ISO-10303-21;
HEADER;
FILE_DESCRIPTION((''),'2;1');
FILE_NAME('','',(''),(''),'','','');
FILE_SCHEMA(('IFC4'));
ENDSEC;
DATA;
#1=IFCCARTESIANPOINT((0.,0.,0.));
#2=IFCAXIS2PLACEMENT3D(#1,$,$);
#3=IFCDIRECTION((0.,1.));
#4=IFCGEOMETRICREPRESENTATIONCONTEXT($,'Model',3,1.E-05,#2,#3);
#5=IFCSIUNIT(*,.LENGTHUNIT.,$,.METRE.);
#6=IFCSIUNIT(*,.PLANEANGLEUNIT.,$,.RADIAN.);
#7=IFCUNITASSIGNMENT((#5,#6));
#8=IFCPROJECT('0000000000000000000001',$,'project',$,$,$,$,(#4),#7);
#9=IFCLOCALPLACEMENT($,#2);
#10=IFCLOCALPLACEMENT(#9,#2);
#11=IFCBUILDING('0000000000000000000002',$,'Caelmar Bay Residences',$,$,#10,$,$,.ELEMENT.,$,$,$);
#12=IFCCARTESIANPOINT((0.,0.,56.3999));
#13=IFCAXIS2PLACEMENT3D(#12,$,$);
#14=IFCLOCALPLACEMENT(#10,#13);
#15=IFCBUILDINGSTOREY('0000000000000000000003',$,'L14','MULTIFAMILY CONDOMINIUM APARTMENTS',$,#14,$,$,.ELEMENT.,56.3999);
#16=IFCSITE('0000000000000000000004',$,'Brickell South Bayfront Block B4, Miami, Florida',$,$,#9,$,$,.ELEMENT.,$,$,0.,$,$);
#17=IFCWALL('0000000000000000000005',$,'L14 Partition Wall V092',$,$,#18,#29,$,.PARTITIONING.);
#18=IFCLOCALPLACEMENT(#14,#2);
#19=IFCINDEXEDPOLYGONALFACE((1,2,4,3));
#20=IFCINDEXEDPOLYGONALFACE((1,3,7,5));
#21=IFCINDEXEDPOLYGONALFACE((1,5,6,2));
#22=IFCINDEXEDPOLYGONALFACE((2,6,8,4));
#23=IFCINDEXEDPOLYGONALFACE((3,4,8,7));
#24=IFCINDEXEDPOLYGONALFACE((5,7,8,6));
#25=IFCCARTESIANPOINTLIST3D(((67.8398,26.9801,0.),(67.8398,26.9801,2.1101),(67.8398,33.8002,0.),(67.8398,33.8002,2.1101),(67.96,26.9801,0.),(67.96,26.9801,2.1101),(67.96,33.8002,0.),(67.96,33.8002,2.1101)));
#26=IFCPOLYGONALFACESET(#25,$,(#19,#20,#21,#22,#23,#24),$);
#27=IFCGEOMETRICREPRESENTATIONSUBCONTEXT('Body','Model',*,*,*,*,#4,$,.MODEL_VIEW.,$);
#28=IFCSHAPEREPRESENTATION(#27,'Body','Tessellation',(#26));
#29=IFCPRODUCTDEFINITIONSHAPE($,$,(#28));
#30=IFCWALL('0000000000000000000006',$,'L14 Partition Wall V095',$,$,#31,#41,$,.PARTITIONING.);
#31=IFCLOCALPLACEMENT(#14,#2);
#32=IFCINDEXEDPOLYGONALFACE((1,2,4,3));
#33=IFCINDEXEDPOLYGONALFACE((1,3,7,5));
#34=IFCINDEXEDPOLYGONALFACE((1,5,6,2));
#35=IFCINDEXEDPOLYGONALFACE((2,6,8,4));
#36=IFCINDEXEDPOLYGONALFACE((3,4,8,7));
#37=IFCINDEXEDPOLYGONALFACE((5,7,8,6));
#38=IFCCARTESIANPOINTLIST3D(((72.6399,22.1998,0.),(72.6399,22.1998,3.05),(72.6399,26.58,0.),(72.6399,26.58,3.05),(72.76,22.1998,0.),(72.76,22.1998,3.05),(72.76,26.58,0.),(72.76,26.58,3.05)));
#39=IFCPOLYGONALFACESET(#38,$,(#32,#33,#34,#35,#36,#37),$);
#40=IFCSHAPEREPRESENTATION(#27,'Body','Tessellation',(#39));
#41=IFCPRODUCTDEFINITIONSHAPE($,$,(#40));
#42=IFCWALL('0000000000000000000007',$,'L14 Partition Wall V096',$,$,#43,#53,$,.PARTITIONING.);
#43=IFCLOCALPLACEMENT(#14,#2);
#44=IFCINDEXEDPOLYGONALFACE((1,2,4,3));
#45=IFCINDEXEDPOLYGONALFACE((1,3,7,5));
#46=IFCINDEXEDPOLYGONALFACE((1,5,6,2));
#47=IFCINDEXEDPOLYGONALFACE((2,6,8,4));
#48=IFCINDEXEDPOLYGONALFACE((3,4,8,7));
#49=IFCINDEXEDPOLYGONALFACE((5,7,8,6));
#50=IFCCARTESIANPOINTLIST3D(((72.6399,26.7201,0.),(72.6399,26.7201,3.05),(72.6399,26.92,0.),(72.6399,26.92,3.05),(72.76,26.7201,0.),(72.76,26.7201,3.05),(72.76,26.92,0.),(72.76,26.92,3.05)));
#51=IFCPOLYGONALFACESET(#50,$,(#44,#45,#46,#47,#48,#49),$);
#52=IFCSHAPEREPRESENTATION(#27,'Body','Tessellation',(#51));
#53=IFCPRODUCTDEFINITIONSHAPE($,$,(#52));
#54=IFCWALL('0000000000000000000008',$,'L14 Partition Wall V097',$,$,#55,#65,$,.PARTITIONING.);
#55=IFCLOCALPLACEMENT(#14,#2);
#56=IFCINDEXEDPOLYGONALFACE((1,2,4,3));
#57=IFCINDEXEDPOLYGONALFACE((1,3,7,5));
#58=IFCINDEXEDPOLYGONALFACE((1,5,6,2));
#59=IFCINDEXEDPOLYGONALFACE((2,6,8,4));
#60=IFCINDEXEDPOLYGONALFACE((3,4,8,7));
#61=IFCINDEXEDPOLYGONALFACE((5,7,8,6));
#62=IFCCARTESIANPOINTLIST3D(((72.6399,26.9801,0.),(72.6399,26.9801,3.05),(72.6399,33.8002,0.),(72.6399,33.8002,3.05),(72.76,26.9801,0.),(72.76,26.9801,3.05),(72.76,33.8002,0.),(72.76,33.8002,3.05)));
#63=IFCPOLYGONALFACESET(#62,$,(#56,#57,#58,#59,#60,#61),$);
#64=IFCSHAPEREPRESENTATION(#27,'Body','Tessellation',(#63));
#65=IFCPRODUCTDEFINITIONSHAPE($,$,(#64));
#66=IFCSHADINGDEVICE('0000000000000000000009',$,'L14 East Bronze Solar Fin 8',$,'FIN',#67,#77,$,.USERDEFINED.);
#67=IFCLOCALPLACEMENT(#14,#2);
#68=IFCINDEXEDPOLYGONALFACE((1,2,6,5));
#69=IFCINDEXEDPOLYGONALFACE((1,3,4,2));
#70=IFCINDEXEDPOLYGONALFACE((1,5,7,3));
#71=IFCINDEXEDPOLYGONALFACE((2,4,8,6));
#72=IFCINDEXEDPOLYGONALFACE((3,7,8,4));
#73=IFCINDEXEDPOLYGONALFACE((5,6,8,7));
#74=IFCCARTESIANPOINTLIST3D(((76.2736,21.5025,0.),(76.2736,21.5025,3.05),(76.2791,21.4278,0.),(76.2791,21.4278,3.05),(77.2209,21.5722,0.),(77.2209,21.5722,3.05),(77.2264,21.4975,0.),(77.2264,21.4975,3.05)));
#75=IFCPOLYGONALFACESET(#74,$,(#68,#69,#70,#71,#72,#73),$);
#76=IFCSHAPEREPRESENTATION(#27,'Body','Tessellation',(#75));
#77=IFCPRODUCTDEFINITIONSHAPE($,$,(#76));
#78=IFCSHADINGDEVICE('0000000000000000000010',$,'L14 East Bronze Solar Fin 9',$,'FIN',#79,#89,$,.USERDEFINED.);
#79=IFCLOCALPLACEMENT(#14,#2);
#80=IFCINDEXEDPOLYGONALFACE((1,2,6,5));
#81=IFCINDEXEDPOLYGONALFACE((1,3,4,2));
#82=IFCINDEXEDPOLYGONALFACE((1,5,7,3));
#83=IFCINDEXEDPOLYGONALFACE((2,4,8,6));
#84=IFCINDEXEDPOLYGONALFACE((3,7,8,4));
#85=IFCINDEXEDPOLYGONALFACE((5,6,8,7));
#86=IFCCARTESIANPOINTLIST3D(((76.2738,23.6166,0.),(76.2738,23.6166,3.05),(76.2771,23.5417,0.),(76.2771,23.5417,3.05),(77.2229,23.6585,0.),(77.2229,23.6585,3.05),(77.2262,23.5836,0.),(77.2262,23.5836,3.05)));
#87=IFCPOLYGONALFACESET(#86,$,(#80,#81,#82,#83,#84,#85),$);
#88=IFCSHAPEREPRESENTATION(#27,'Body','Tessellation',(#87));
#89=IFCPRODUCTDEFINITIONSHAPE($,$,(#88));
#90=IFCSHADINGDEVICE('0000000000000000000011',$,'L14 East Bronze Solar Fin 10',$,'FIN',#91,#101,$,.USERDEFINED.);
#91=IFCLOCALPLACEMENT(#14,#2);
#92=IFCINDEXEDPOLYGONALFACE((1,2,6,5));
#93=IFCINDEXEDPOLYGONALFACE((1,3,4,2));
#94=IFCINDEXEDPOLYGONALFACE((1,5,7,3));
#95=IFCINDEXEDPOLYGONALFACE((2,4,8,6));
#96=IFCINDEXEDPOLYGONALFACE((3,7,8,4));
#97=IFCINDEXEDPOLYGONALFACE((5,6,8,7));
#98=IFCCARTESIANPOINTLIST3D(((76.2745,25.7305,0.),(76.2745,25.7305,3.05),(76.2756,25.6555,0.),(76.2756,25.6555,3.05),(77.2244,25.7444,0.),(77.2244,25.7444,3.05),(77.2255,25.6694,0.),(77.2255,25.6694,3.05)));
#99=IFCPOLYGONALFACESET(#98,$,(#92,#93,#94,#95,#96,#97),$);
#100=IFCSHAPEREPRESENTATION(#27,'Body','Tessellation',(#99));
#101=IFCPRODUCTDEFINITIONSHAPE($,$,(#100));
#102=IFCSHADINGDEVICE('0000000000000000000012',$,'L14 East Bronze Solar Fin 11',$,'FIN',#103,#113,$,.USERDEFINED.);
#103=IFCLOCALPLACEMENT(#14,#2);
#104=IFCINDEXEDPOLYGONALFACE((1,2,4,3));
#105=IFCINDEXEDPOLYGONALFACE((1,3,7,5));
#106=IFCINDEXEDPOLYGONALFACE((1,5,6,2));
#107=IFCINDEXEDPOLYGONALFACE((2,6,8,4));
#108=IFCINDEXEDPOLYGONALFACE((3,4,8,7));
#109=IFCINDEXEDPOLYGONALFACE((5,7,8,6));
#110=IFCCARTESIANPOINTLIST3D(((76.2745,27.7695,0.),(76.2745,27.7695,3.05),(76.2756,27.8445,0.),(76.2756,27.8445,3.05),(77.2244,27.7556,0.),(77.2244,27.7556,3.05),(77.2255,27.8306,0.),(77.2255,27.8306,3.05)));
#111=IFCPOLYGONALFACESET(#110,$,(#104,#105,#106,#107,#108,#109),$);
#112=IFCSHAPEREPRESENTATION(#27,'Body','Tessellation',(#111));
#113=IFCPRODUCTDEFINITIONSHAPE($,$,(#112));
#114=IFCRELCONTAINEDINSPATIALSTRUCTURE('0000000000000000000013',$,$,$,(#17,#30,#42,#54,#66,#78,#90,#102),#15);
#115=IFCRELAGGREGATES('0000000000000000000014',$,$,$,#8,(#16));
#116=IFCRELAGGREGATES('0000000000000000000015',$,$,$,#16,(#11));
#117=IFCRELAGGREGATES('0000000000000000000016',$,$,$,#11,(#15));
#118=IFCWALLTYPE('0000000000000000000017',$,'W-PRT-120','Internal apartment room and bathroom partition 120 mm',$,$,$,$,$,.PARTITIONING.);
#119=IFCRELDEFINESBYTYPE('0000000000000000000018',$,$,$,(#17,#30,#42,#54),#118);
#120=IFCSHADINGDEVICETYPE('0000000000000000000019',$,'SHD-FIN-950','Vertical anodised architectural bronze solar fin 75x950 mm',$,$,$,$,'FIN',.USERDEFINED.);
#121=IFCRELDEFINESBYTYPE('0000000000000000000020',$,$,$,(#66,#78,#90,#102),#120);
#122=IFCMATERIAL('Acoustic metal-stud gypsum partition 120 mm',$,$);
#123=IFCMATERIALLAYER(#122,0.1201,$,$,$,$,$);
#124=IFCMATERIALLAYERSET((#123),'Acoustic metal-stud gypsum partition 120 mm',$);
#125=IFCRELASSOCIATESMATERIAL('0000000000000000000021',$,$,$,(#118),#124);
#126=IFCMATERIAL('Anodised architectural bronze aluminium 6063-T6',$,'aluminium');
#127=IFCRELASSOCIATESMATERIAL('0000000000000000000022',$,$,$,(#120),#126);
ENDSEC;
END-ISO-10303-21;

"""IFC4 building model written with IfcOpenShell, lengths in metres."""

from ifc_helpers import new_model, si_unit, direction, frame, frame_2d, origin, origin_2d, place, context, subcontext, project, spatial, rectangle, extrude, material, layer, layer_set, material_profile, profile_set, type_object, element, save


model = new_model("IFC4")

# Units and contexts
model_context = context("Model", 3, precision=1e-05, world=origin(), true_north=direction((0.0, 1.0)))
body_context = subcontext(model_context, "Body", "Model", "MODEL_VIEW")
ifc_project = project(units=[si_unit("LENGTHUNIT", "METRE"), si_unit("PLANEANGLEUNIT", "RADIAN")], contexts=[model_context])

# Site, building, storey
site_placement = place(None, origin())
site = spatial("IfcSite", under=ifc_project, at=site_placement, Name="Brickell South Bayfront Block B4, Miami, Florida", CompositionType="ELEMENT", RefElevation=0.0)
building_placement = place(site_placement, origin())
building = spatial("IfcBuilding", under=site, at=building_placement, Name="Caelmar Bay Residences", CompositionType="ELEMENT")
storey_placement = place(building_placement, frame((0.0, 0.0, 56.3999)))
storey = spatial("IfcBuildingStorey", under=building, at=storey_placement, Name="L14", Description="MULTIFAMILY CONDOMINIUM APARTMENTS", CompositionType="ELEMENT", Elevation=56.3999)

# Shared definitions
ifc_material_1 = material(Name="Acoustic metal-stud gypsum partition 120 mm")
ifc_layer_1 = layer(ifc_material_1, 0.1201)
ifc_layer_set_1 = layer_set([ifc_layer_1], Name="Acoustic metal-stud gypsum partition 120 mm")
wall_type = type_object("IfcWallType", Name="W-PRT-120", Description="Internal apartment room and bathroom partition 120 mm", PredefinedType="PARTITIONING", material=ifc_layer_set_1)

# Walls
wall_1_placement = place(storey_placement, frame((67.8999, 26.98, 0.0), z_axis=(0.0, 0.0, 1.0), x_axis=(0.0, 1.0, 0.0)))
element("IfcWall", 1, at=wall_1_placement, inside=storey, type_object=wall_type, Name="L14 Partition Wall V092", PredefinedType="PARTITIONING", context=body_context, shape_type="SweptSolid", body=[
    extrude(rectangle(XDim=6.8201, YDim=0.1201, at=frame_2d((3.4102, 0.0))), origin(), (0.0, 0.0, 1.0), 2.1101),
])
wall_2_placement = place(storey_placement, frame((72.7, 22.2, 0.0), z_axis=(0.0, 0.0, 1.0), x_axis=(0.0, 1.0, 0.0)))
element("IfcWall", 2, at=wall_2_placement, inside=storey, type_object=wall_type, Name="L14 Partition Wall V095", PredefinedType="PARTITIONING", context=body_context, shape_type="SweptSolid", body=[
    extrude(rectangle(XDim=4.3801, YDim=0.1201, at=frame_2d((2.1899, 0.0))), origin(), (0.0, 0.0, 1.0), 3.05),
])
wall_3_placement = place(storey_placement, frame((72.7, 26.72, 0.0), z_axis=(0.0, 0.0, 1.0), x_axis=(0.0, 1.0, 0.0)))
element("IfcWall", 3, at=wall_3_placement, inside=storey, type_object=wall_type, Name="L14 Partition Wall V096", PredefinedType="PARTITIONING", context=body_context, shape_type="SweptSolid", body=[
    extrude(rectangle(XDim=0.2, YDim=0.1201, at=frame_2d((0.1001, 0.0))), origin(), (0.0, 0.0, 1.0), 3.05),
])
wall_4_placement = place(storey_placement, frame((72.7, 26.98, 0.0), z_axis=(0.0, 0.0, 1.0), x_axis=(0.0, 1.0, 0.0)))
element("IfcWall", 4, at=wall_4_placement, inside=storey, type_object=wall_type, Name="L14 Partition Wall V097", PredefinedType="PARTITIONING", context=body_context, shape_type="SweptSolid", body=[
    extrude(rectangle(XDim=6.8201, YDim=0.1201, at=frame_2d((3.4102, 0.0))), origin(), (0.0, 0.0, 1.0), 3.05),
])

# Shading devices
ifc_material_2 = material(Name="Anodised architectural bronze aluminium 6063-T6", Category="aluminium")
ifc_material_profile_1 = material_profile(ifc_material_2, rectangle(XDim=0.075, YDim=0.95, at=origin_2d()), Name="BRONZE-FIN-75X950")
ifc_profile_set_1 = profile_set([ifc_material_profile_1], Name="Anodised architectural bronze aluminium 6063-T6")
shading_device_type = type_object("IfcShadingDeviceType", Name="SHD-FIN-950", Description="Vertical anodised architectural bronze solar fin 75x950 mm", ElementType="FIN", PredefinedType="USERDEFINED", material=ifc_profile_set_1)
for number, where, z_axis, x_axis, name in (
    (5, (76.75, 21.5, 0.0), (0.0, 0.0, 1.0), (-0.073412, 0.997302, 0.0), "L14 East Bronze Solar Fin 8"),
    (6, (76.75, 23.6001, 0.0), (0.0, 0.0, 1.0), (-0.044142, 0.999025, 0.0), "L14 East Bronze Solar Fin 9"),
    (7, (76.75, 25.7, 0.0), (0.0, 0.0, 1.0), (-0.01466, 0.999893, 0.0), "L14 East Bronze Solar Fin 10"),
    (8, (76.75, 27.8, 0.0), (0.0, 0.0, 1.0), (0.01466, 0.999893, 0.0), "L14 East Bronze Solar Fin 11"),
):
    element("IfcShadingDevice", number, at=place(storey_placement, frame(where, z_axis=z_axis, x_axis=x_axis)), inside=storey, type_object=shading_device_type, Name=name, ObjectType="FIN", PredefinedType="USERDEFINED", context=body_context, shape_type="SweptSolid", body=[
        extrude(rectangle(XDim=0.075, YDim=0.95, at=origin_2d()), origin(), (0.0, 0.0, 1.0), 3.05),
    ])

save(model, "model.ifc")
